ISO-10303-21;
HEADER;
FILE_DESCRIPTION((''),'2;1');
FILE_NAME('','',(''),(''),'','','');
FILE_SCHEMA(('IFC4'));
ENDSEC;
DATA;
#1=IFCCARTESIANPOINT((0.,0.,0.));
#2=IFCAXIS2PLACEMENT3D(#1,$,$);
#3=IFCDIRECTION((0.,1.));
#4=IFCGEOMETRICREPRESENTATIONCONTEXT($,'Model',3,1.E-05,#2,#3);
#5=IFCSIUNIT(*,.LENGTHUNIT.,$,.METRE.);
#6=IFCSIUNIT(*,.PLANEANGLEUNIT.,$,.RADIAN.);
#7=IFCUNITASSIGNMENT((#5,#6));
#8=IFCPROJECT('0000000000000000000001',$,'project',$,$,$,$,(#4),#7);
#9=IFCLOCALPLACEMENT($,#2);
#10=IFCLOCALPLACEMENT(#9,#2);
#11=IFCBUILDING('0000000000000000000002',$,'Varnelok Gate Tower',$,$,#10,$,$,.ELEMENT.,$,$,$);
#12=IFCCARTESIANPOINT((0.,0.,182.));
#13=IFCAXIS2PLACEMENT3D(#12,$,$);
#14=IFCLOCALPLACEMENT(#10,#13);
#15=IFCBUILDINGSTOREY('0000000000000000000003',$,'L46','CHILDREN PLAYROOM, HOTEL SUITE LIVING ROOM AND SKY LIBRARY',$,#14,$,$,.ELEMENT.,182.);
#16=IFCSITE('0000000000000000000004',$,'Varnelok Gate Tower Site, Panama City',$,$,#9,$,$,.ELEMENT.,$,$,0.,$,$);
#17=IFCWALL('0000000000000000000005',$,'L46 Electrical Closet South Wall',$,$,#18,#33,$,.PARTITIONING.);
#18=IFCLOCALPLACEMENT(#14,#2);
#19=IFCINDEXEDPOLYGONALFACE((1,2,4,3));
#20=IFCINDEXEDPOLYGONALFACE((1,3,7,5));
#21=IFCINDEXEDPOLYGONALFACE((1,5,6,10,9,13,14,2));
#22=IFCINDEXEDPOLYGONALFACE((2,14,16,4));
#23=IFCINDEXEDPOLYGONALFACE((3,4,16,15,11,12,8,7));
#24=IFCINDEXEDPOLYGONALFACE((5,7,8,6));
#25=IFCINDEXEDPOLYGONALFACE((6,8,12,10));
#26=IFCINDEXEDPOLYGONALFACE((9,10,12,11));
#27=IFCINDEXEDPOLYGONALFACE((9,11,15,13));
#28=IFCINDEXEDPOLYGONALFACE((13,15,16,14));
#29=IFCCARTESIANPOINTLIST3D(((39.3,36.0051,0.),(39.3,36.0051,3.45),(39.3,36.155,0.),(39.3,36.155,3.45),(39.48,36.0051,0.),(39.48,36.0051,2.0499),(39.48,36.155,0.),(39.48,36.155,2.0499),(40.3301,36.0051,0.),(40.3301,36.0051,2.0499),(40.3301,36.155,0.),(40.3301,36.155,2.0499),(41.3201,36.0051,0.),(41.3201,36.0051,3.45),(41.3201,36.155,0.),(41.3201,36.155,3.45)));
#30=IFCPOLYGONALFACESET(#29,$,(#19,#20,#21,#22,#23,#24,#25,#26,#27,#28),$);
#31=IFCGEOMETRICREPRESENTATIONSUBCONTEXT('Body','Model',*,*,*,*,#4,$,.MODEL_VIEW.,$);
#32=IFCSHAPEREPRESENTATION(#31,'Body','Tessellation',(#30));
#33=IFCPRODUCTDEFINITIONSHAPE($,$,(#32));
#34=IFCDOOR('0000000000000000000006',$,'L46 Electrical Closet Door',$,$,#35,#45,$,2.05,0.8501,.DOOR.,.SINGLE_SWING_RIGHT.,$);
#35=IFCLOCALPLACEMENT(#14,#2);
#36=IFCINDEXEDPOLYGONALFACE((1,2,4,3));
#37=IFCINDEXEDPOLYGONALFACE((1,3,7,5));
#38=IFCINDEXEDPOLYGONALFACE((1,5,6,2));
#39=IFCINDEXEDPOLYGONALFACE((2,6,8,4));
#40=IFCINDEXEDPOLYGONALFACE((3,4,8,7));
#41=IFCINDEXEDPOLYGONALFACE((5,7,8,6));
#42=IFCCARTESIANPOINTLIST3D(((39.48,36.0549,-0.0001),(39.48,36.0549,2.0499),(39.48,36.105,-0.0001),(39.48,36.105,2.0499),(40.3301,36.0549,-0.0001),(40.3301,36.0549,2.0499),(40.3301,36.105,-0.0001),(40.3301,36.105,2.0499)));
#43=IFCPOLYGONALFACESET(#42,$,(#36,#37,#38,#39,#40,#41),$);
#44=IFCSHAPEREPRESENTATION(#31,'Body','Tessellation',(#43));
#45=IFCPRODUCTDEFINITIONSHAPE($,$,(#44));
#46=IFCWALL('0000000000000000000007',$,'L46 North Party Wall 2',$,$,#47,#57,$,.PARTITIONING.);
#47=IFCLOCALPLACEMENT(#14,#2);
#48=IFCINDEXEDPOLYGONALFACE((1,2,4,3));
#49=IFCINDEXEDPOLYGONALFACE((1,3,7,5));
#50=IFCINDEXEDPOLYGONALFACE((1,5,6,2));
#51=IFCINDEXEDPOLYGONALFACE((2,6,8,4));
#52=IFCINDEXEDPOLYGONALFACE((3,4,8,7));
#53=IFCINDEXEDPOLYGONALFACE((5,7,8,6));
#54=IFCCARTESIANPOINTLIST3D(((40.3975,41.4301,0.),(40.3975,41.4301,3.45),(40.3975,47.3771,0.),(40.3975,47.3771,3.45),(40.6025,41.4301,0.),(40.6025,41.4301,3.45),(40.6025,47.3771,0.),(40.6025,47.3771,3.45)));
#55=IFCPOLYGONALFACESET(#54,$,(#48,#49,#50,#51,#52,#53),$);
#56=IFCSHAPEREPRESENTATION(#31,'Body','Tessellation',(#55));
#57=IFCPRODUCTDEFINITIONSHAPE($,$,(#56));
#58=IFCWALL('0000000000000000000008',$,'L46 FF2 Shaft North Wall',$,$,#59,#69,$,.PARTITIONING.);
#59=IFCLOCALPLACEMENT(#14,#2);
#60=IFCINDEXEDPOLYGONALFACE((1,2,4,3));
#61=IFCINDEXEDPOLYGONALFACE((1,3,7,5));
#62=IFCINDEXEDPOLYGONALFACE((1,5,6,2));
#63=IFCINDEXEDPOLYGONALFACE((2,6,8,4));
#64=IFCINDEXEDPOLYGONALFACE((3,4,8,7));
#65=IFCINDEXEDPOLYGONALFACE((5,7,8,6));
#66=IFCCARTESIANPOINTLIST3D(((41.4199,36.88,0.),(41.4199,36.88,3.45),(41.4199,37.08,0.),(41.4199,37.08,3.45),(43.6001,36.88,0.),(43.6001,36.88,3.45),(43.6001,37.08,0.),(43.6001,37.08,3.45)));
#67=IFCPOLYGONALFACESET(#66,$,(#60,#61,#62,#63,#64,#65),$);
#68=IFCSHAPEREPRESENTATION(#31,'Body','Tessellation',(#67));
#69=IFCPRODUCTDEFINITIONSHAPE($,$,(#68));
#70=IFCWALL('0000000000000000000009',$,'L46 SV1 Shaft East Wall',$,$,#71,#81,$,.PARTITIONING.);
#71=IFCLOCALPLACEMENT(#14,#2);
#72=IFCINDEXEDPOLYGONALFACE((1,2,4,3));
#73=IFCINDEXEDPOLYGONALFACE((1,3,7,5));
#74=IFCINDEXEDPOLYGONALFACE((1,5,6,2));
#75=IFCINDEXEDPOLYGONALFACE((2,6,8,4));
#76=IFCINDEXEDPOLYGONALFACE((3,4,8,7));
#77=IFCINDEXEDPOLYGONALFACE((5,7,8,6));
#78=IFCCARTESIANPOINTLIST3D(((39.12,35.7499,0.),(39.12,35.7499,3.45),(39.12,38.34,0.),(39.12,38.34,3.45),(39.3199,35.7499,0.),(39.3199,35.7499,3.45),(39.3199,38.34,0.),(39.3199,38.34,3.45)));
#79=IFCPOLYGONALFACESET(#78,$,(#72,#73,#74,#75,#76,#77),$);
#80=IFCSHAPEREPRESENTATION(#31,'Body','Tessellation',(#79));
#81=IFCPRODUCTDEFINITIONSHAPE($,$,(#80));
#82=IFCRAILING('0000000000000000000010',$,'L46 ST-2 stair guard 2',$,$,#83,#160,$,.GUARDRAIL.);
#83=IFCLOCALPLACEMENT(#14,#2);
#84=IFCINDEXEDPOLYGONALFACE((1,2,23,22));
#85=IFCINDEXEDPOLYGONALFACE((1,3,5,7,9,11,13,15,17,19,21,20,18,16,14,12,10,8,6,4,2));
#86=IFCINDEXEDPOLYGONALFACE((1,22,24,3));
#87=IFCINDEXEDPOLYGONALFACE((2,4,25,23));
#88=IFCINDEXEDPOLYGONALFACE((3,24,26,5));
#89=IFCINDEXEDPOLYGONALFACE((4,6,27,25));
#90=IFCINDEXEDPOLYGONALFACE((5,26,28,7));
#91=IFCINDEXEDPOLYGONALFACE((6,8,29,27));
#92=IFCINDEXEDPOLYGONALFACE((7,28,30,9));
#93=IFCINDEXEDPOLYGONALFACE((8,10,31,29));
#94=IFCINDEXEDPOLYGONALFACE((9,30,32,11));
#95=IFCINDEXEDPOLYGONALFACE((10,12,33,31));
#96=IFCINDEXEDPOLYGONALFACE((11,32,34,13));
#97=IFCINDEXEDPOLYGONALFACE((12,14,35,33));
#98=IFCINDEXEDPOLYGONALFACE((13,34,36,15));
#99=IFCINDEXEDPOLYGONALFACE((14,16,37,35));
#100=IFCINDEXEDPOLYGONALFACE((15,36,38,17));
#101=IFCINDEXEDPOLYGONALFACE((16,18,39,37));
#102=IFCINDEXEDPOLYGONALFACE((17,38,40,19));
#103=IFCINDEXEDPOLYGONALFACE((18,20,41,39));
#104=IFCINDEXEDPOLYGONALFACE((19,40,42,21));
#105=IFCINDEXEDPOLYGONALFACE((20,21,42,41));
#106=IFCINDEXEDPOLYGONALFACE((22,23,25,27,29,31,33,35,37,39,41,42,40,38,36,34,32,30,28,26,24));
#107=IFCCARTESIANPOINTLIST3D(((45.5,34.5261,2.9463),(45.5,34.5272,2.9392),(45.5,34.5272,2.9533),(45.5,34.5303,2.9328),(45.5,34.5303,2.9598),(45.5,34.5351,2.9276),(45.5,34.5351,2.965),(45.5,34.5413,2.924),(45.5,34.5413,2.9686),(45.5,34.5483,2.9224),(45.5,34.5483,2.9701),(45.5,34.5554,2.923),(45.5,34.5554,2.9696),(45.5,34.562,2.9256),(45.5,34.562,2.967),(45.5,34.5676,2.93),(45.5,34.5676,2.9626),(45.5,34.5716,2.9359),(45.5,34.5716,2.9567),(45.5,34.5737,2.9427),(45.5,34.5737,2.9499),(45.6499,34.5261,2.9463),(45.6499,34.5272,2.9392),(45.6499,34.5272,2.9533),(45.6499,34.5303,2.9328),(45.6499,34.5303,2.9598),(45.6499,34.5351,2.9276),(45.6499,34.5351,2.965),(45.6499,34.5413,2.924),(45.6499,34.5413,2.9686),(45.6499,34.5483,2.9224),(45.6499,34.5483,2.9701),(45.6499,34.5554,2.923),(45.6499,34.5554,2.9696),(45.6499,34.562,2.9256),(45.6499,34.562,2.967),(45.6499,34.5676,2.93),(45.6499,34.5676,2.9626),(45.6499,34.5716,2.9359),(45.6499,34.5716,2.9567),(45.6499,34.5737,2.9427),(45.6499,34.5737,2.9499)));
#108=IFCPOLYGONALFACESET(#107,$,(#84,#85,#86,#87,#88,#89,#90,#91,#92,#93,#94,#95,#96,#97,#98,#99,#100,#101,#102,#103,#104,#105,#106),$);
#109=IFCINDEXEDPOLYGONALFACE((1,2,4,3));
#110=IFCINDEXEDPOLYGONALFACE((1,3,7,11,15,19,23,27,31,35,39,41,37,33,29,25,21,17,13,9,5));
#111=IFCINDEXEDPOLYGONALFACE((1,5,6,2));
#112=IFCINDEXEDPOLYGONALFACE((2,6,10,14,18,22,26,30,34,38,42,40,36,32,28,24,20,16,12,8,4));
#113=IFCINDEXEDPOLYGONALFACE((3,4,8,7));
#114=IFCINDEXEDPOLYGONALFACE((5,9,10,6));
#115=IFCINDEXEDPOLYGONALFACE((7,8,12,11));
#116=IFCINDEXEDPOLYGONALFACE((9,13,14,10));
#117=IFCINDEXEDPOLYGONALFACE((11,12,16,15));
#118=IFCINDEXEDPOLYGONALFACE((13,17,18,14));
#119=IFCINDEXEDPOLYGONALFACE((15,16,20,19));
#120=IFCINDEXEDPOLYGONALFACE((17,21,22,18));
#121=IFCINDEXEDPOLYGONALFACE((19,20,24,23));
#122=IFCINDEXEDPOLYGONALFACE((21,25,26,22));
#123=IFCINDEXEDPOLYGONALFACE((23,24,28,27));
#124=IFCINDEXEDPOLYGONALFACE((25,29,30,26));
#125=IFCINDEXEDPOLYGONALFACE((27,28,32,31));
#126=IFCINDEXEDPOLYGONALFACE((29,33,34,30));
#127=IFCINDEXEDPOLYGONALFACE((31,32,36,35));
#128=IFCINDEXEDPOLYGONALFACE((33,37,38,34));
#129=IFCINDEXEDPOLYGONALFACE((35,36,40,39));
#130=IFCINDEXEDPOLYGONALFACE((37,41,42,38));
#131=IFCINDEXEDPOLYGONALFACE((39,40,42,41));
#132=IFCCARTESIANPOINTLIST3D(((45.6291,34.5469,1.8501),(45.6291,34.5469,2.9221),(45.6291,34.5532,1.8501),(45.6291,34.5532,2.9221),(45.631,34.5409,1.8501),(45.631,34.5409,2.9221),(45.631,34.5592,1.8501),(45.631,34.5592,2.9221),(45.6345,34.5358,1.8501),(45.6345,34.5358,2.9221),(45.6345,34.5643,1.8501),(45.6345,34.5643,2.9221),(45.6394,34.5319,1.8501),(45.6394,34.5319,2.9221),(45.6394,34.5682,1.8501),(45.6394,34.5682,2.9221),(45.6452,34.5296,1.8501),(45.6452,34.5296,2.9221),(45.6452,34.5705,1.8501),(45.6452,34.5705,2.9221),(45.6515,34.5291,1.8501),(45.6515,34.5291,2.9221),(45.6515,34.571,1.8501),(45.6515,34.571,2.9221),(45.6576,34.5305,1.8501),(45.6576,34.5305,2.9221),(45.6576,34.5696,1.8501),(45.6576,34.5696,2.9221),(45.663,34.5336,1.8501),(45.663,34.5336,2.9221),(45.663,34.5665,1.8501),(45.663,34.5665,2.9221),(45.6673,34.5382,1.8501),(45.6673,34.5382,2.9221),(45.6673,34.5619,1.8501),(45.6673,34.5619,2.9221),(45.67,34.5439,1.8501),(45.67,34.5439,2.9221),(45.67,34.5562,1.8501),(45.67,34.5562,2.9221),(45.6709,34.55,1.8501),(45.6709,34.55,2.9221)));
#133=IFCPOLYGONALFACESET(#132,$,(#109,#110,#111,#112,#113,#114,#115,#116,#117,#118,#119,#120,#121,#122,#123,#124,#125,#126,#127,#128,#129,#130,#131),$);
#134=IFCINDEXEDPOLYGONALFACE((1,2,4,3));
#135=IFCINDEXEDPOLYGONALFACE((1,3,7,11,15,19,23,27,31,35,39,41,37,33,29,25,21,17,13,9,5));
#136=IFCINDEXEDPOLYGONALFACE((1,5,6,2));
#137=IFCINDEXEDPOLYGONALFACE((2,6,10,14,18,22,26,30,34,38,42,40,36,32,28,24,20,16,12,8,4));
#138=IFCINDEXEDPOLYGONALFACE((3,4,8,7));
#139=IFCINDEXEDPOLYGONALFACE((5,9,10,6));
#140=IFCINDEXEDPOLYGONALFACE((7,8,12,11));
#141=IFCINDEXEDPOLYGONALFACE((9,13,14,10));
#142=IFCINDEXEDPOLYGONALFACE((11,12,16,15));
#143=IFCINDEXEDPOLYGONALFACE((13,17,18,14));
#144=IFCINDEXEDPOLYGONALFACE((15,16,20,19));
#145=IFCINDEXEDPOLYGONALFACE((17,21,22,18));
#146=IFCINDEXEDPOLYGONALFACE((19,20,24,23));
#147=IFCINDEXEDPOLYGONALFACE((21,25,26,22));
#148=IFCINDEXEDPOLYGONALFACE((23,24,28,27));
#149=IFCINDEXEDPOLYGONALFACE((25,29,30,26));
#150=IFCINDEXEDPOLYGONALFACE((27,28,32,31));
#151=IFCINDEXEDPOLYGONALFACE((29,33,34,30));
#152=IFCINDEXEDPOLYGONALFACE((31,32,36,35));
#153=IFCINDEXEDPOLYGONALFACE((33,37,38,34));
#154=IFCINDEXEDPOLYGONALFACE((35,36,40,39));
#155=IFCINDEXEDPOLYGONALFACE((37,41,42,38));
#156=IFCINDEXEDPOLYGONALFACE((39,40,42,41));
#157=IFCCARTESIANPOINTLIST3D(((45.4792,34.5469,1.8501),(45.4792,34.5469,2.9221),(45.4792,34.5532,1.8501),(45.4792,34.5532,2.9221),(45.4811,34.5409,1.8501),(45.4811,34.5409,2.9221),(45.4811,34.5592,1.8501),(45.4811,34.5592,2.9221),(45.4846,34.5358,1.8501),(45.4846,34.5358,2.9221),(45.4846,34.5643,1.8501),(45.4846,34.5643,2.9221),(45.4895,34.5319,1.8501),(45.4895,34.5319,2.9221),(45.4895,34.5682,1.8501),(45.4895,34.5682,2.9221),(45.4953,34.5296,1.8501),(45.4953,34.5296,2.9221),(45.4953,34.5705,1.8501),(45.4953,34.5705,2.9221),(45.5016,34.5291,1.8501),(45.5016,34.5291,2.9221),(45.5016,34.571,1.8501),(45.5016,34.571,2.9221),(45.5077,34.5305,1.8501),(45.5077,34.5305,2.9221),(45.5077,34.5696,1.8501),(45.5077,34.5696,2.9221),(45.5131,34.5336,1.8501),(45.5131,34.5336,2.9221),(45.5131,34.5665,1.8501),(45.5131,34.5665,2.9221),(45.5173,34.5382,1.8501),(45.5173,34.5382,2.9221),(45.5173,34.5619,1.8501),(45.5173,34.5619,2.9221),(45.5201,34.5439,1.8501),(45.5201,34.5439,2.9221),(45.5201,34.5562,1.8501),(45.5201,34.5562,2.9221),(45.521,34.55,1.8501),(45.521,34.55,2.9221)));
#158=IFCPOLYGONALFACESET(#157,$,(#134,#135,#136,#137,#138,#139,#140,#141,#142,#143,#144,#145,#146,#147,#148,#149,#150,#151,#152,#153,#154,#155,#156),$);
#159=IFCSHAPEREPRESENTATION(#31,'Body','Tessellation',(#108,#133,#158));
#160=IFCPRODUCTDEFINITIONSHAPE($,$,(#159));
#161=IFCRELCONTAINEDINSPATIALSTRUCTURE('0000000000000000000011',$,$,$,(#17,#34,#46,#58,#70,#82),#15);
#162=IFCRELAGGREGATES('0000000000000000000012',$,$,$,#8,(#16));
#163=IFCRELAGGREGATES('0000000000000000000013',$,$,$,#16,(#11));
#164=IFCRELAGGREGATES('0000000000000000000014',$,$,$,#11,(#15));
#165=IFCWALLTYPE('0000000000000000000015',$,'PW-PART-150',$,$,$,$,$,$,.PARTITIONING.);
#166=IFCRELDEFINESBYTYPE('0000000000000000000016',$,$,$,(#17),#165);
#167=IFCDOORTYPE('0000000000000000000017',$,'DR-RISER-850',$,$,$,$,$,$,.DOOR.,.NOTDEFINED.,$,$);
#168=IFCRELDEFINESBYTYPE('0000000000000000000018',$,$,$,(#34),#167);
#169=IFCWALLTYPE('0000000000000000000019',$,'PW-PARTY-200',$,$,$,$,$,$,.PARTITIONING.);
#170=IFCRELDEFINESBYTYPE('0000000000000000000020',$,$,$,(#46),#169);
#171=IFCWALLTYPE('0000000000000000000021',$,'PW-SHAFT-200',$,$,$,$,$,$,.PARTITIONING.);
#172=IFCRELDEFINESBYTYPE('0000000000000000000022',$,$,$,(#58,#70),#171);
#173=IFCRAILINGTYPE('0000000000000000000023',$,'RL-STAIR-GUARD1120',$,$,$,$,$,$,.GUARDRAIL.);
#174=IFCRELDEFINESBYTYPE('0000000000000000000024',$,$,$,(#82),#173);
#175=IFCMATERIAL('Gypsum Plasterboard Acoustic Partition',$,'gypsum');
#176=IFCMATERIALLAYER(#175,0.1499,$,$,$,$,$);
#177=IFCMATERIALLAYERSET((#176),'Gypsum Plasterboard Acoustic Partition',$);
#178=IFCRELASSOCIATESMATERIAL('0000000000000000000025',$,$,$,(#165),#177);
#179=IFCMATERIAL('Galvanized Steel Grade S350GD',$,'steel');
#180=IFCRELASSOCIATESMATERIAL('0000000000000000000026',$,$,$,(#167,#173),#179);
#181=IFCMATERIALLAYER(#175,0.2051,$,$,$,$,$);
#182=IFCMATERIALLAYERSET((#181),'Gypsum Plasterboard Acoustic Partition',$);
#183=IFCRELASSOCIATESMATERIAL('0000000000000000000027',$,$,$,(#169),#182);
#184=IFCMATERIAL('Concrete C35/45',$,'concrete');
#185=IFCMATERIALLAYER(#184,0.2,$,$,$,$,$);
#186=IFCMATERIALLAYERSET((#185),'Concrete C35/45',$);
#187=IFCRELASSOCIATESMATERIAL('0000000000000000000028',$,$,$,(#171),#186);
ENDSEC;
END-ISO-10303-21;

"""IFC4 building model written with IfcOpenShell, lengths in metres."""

from ifc_helpers import new_model, si_unit, direction, frame, frame_2d, origin, origin_2d, place, context, subcontext, project, spatial, rectangle, circle, extrude, material, layer, layer_set, type_object, element, fill, save


model = new_model("IFC4")

# Units and contexts
model_context = context("Model", 3, precision=1e-05, world=origin(), true_north=direction((0.0, 1.0)))
body_context = subcontext(model_context, "Body", "Model", "MODEL_VIEW")
ifc_project = project(units=[si_unit("LENGTHUNIT", "METRE"), si_unit("PLANEANGLEUNIT", "RADIAN")], contexts=[model_context])

# Site, building, storey
site_placement = place(None, origin())
site = spatial("IfcSite", under=ifc_project, at=site_placement, Name="Varnelok Gate Tower Site, Panama City", CompositionType="ELEMENT", RefElevation=0.0)
building_placement = place(site_placement, origin())
building = spatial("IfcBuilding", under=site, at=building_placement, Name="Varnelok Gate Tower", CompositionType="ELEMENT")
storey_placement = place(building_placement, frame((0.0, 0.0, 182.0)))
storey = spatial("IfcBuildingStorey", under=building, at=storey_placement, Name="L46", Description="CHILDREN PLAYROOM, HOTEL SUITE LIVING ROOM AND SKY LIBRARY", CompositionType="ELEMENT", Elevation=182.0)

# Shared definitions
ifc_material_1 = material(Name="Gypsum Plasterboard Acoustic Partition", Category="gypsum")

# Wall, opening, door
ifc_layer_1 = layer(ifc_material_1, 0.1499)
ifc_layer_set_1 = layer_set([ifc_layer_1], Name="Gypsum Plasterboard Acoustic Partition")
wall_type_1 = type_object("IfcWallType", Name="PW-PART-150", PredefinedType="PARTITIONING", material=ifc_layer_set_1)
wall_1_placement = place(storey_placement, frame((39.3, 36.0801, 0.0), z_axis=(0.0, 0.0, 1.0), x_axis=(1.0, 0.0, 0.0)))
wall_1 = element("IfcWall", 1, at=wall_1_placement, inside=storey, type_object=wall_type_1, Name="L46 Electrical Closet South Wall", PredefinedType="PARTITIONING", context=body_context, shape_type="SweptSolid", body=[
    extrude(rectangle(XDim=2.02, YDim=0.1499, at=frame_2d((1.01, 0.0))), origin(), (0.0, 0.0, 1.0), 3.45),
])
opening_1_placement = place(wall_1_placement, frame((0.1799, 0.0, 0.0)))
opening_1 = element("IfcOpeningElement", 2, at=opening_1_placement, cuts=wall_1, PredefinedType="OPENING", context=body_context, shape_type="SweptSolid", body=[
    extrude(rectangle(XDim=0.8501, YDim=2.05, at=frame_2d((0.425, 1.0249))), frame((0.0, 0.085, 0.0), z_axis=(0.0, -1.0, 0.0), x_axis=(1.0, 0.0, 0.0)), (0.0, 0.0, 1.0), 0.1699),
])
ifc_material_2 = material(Name="Galvanized Steel Grade S350GD", Category="steel")
door_type_1 = type_object("IfcDoorType", Name="DR-RISER-850", OperationType="NOTDEFINED", PredefinedType="DOOR", material=ifc_material_2)
door_1_placement = place(opening_1_placement, origin())
door_1 = element("IfcDoor", 3, at=door_1_placement, inside=storey, type_object=door_type_1, Name="L46 Electrical Closet Door", OperationType="SINGLE_SWING_RIGHT", OverallHeight=2.05, OverallWidth=0.8501, PredefinedType="DOOR", context=body_context, shape_type="SweptSolid", body=[
    extrude(rectangle(XDim=0.8501, YDim=2.05, at=frame_2d((0.425, 1.0249))), frame((0.0, 0.0249, 0.0), z_axis=(0.0, -1.0, 0.0), x_axis=(1.0, 0.0, 0.0)), (0.0, 0.0, 1.0), 0.05),
])
fill(opening_1, door_1)

# Walls
ifc_layer_2 = layer(ifc_material_1, 0.2051)
ifc_layer_set_2 = layer_set([ifc_layer_2], Name="Gypsum Plasterboard Acoustic Partition")
wall_type_2 = type_object("IfcWallType", Name="PW-PARTY-200", PredefinedType="PARTITIONING", material=ifc_layer_set_2)
wall_2_placement = place(storey_placement, frame((40.5, 41.4299, 0.0), z_axis=(0.0, 0.0, 1.0), x_axis=(0.0, 1.0, 0.0)))
element("IfcWall", 4, at=wall_2_placement, inside=storey, type_object=wall_type_2, Name="L46 North Party Wall 2", PredefinedType="PARTITIONING", context=body_context, shape_type="SweptSolid", body=[
    extrude(rectangle(XDim=5.947, YDim=0.2051, at=frame_2d((2.9736, 0.0))), origin(), (0.0, 0.0, 1.0), 3.45),
])
ifc_material_3 = material(Name="Concrete C35/45", Category="concrete")
ifc_layer_3 = layer(ifc_material_3, 0.2)
ifc_layer_set_3 = layer_set([ifc_layer_3], Name="Concrete C35/45")
wall_type_3 = type_object("IfcWallType", Name="PW-SHAFT-200", PredefinedType="PARTITIONING", material=ifc_layer_set_3)
wall_3_placement = place(storey_placement, frame((41.4199, 36.98, 0.0), z_axis=(0.0, 0.0, 1.0), x_axis=(1.0, 0.0, 0.0)))
element("IfcWall", 5, at=wall_3_placement, inside=storey, type_object=wall_type_3, Name="L46 FF2 Shaft North Wall", PredefinedType="PARTITIONING", context=body_context, shape_type="SweptSolid", body=[
    extrude(rectangle(XDim=2.1802, YDim=0.2, at=frame_2d((1.0901, 0.0))), origin(), (0.0, 0.0, 1.0), 3.45),
])
wall_4_placement = place(storey_placement, frame((39.22, 35.75, 0.0), z_axis=(0.0, 0.0, 1.0), x_axis=(0.0, 1.0, 0.0)))
element("IfcWall", 6, at=wall_4_placement, inside=storey, type_object=wall_type_3, Name="L46 SV1 Shaft East Wall", PredefinedType="PARTITIONING", context=body_context, shape_type="SweptSolid", body=[
    extrude(rectangle(XDim=2.5901, YDim=0.2, at=frame_2d((1.2949, 0.0))), origin(), (0.0, 0.0, 1.0), 3.45),
])

# Railing
railing_type_1 = type_object("IfcRailingType", Name="RL-STAIR-GUARD1120", PredefinedType="GUARDRAIL", material=ifc_material_2)
railing_1_placement = place(storey_placement, frame((45.6499, 34.55, 1.8501)))
element("IfcRailing", 7, at=railing_1_placement, inside=storey, type_object=railing_type_1, Name="L46 ST-2 stair guard 2", PredefinedType="GUARDRAIL", context=body_context, shape_type="SweptSolid", body=[
    extrude(circle(Radius=0.0239, at=origin_2d()), frame((0.0, 0.0, 1.0962), z_axis=(-1.0, 0.0, 0.0), x_axis=(0.0, -1.0, 0.0)), (0.0, 0.0, 1.0), 0.1499),
    extrude(circle(Radius=0.021, at=origin_2d()), origin(), (0.0, 0.0, 1.0), 1.072),
    extrude(circle(Radius=0.021, at=origin_2d()), frame((-0.1499, 0.0, 0.0)), (0.0, 0.0, 1.0), 1.072),
])

save(model, "model.ifc")
